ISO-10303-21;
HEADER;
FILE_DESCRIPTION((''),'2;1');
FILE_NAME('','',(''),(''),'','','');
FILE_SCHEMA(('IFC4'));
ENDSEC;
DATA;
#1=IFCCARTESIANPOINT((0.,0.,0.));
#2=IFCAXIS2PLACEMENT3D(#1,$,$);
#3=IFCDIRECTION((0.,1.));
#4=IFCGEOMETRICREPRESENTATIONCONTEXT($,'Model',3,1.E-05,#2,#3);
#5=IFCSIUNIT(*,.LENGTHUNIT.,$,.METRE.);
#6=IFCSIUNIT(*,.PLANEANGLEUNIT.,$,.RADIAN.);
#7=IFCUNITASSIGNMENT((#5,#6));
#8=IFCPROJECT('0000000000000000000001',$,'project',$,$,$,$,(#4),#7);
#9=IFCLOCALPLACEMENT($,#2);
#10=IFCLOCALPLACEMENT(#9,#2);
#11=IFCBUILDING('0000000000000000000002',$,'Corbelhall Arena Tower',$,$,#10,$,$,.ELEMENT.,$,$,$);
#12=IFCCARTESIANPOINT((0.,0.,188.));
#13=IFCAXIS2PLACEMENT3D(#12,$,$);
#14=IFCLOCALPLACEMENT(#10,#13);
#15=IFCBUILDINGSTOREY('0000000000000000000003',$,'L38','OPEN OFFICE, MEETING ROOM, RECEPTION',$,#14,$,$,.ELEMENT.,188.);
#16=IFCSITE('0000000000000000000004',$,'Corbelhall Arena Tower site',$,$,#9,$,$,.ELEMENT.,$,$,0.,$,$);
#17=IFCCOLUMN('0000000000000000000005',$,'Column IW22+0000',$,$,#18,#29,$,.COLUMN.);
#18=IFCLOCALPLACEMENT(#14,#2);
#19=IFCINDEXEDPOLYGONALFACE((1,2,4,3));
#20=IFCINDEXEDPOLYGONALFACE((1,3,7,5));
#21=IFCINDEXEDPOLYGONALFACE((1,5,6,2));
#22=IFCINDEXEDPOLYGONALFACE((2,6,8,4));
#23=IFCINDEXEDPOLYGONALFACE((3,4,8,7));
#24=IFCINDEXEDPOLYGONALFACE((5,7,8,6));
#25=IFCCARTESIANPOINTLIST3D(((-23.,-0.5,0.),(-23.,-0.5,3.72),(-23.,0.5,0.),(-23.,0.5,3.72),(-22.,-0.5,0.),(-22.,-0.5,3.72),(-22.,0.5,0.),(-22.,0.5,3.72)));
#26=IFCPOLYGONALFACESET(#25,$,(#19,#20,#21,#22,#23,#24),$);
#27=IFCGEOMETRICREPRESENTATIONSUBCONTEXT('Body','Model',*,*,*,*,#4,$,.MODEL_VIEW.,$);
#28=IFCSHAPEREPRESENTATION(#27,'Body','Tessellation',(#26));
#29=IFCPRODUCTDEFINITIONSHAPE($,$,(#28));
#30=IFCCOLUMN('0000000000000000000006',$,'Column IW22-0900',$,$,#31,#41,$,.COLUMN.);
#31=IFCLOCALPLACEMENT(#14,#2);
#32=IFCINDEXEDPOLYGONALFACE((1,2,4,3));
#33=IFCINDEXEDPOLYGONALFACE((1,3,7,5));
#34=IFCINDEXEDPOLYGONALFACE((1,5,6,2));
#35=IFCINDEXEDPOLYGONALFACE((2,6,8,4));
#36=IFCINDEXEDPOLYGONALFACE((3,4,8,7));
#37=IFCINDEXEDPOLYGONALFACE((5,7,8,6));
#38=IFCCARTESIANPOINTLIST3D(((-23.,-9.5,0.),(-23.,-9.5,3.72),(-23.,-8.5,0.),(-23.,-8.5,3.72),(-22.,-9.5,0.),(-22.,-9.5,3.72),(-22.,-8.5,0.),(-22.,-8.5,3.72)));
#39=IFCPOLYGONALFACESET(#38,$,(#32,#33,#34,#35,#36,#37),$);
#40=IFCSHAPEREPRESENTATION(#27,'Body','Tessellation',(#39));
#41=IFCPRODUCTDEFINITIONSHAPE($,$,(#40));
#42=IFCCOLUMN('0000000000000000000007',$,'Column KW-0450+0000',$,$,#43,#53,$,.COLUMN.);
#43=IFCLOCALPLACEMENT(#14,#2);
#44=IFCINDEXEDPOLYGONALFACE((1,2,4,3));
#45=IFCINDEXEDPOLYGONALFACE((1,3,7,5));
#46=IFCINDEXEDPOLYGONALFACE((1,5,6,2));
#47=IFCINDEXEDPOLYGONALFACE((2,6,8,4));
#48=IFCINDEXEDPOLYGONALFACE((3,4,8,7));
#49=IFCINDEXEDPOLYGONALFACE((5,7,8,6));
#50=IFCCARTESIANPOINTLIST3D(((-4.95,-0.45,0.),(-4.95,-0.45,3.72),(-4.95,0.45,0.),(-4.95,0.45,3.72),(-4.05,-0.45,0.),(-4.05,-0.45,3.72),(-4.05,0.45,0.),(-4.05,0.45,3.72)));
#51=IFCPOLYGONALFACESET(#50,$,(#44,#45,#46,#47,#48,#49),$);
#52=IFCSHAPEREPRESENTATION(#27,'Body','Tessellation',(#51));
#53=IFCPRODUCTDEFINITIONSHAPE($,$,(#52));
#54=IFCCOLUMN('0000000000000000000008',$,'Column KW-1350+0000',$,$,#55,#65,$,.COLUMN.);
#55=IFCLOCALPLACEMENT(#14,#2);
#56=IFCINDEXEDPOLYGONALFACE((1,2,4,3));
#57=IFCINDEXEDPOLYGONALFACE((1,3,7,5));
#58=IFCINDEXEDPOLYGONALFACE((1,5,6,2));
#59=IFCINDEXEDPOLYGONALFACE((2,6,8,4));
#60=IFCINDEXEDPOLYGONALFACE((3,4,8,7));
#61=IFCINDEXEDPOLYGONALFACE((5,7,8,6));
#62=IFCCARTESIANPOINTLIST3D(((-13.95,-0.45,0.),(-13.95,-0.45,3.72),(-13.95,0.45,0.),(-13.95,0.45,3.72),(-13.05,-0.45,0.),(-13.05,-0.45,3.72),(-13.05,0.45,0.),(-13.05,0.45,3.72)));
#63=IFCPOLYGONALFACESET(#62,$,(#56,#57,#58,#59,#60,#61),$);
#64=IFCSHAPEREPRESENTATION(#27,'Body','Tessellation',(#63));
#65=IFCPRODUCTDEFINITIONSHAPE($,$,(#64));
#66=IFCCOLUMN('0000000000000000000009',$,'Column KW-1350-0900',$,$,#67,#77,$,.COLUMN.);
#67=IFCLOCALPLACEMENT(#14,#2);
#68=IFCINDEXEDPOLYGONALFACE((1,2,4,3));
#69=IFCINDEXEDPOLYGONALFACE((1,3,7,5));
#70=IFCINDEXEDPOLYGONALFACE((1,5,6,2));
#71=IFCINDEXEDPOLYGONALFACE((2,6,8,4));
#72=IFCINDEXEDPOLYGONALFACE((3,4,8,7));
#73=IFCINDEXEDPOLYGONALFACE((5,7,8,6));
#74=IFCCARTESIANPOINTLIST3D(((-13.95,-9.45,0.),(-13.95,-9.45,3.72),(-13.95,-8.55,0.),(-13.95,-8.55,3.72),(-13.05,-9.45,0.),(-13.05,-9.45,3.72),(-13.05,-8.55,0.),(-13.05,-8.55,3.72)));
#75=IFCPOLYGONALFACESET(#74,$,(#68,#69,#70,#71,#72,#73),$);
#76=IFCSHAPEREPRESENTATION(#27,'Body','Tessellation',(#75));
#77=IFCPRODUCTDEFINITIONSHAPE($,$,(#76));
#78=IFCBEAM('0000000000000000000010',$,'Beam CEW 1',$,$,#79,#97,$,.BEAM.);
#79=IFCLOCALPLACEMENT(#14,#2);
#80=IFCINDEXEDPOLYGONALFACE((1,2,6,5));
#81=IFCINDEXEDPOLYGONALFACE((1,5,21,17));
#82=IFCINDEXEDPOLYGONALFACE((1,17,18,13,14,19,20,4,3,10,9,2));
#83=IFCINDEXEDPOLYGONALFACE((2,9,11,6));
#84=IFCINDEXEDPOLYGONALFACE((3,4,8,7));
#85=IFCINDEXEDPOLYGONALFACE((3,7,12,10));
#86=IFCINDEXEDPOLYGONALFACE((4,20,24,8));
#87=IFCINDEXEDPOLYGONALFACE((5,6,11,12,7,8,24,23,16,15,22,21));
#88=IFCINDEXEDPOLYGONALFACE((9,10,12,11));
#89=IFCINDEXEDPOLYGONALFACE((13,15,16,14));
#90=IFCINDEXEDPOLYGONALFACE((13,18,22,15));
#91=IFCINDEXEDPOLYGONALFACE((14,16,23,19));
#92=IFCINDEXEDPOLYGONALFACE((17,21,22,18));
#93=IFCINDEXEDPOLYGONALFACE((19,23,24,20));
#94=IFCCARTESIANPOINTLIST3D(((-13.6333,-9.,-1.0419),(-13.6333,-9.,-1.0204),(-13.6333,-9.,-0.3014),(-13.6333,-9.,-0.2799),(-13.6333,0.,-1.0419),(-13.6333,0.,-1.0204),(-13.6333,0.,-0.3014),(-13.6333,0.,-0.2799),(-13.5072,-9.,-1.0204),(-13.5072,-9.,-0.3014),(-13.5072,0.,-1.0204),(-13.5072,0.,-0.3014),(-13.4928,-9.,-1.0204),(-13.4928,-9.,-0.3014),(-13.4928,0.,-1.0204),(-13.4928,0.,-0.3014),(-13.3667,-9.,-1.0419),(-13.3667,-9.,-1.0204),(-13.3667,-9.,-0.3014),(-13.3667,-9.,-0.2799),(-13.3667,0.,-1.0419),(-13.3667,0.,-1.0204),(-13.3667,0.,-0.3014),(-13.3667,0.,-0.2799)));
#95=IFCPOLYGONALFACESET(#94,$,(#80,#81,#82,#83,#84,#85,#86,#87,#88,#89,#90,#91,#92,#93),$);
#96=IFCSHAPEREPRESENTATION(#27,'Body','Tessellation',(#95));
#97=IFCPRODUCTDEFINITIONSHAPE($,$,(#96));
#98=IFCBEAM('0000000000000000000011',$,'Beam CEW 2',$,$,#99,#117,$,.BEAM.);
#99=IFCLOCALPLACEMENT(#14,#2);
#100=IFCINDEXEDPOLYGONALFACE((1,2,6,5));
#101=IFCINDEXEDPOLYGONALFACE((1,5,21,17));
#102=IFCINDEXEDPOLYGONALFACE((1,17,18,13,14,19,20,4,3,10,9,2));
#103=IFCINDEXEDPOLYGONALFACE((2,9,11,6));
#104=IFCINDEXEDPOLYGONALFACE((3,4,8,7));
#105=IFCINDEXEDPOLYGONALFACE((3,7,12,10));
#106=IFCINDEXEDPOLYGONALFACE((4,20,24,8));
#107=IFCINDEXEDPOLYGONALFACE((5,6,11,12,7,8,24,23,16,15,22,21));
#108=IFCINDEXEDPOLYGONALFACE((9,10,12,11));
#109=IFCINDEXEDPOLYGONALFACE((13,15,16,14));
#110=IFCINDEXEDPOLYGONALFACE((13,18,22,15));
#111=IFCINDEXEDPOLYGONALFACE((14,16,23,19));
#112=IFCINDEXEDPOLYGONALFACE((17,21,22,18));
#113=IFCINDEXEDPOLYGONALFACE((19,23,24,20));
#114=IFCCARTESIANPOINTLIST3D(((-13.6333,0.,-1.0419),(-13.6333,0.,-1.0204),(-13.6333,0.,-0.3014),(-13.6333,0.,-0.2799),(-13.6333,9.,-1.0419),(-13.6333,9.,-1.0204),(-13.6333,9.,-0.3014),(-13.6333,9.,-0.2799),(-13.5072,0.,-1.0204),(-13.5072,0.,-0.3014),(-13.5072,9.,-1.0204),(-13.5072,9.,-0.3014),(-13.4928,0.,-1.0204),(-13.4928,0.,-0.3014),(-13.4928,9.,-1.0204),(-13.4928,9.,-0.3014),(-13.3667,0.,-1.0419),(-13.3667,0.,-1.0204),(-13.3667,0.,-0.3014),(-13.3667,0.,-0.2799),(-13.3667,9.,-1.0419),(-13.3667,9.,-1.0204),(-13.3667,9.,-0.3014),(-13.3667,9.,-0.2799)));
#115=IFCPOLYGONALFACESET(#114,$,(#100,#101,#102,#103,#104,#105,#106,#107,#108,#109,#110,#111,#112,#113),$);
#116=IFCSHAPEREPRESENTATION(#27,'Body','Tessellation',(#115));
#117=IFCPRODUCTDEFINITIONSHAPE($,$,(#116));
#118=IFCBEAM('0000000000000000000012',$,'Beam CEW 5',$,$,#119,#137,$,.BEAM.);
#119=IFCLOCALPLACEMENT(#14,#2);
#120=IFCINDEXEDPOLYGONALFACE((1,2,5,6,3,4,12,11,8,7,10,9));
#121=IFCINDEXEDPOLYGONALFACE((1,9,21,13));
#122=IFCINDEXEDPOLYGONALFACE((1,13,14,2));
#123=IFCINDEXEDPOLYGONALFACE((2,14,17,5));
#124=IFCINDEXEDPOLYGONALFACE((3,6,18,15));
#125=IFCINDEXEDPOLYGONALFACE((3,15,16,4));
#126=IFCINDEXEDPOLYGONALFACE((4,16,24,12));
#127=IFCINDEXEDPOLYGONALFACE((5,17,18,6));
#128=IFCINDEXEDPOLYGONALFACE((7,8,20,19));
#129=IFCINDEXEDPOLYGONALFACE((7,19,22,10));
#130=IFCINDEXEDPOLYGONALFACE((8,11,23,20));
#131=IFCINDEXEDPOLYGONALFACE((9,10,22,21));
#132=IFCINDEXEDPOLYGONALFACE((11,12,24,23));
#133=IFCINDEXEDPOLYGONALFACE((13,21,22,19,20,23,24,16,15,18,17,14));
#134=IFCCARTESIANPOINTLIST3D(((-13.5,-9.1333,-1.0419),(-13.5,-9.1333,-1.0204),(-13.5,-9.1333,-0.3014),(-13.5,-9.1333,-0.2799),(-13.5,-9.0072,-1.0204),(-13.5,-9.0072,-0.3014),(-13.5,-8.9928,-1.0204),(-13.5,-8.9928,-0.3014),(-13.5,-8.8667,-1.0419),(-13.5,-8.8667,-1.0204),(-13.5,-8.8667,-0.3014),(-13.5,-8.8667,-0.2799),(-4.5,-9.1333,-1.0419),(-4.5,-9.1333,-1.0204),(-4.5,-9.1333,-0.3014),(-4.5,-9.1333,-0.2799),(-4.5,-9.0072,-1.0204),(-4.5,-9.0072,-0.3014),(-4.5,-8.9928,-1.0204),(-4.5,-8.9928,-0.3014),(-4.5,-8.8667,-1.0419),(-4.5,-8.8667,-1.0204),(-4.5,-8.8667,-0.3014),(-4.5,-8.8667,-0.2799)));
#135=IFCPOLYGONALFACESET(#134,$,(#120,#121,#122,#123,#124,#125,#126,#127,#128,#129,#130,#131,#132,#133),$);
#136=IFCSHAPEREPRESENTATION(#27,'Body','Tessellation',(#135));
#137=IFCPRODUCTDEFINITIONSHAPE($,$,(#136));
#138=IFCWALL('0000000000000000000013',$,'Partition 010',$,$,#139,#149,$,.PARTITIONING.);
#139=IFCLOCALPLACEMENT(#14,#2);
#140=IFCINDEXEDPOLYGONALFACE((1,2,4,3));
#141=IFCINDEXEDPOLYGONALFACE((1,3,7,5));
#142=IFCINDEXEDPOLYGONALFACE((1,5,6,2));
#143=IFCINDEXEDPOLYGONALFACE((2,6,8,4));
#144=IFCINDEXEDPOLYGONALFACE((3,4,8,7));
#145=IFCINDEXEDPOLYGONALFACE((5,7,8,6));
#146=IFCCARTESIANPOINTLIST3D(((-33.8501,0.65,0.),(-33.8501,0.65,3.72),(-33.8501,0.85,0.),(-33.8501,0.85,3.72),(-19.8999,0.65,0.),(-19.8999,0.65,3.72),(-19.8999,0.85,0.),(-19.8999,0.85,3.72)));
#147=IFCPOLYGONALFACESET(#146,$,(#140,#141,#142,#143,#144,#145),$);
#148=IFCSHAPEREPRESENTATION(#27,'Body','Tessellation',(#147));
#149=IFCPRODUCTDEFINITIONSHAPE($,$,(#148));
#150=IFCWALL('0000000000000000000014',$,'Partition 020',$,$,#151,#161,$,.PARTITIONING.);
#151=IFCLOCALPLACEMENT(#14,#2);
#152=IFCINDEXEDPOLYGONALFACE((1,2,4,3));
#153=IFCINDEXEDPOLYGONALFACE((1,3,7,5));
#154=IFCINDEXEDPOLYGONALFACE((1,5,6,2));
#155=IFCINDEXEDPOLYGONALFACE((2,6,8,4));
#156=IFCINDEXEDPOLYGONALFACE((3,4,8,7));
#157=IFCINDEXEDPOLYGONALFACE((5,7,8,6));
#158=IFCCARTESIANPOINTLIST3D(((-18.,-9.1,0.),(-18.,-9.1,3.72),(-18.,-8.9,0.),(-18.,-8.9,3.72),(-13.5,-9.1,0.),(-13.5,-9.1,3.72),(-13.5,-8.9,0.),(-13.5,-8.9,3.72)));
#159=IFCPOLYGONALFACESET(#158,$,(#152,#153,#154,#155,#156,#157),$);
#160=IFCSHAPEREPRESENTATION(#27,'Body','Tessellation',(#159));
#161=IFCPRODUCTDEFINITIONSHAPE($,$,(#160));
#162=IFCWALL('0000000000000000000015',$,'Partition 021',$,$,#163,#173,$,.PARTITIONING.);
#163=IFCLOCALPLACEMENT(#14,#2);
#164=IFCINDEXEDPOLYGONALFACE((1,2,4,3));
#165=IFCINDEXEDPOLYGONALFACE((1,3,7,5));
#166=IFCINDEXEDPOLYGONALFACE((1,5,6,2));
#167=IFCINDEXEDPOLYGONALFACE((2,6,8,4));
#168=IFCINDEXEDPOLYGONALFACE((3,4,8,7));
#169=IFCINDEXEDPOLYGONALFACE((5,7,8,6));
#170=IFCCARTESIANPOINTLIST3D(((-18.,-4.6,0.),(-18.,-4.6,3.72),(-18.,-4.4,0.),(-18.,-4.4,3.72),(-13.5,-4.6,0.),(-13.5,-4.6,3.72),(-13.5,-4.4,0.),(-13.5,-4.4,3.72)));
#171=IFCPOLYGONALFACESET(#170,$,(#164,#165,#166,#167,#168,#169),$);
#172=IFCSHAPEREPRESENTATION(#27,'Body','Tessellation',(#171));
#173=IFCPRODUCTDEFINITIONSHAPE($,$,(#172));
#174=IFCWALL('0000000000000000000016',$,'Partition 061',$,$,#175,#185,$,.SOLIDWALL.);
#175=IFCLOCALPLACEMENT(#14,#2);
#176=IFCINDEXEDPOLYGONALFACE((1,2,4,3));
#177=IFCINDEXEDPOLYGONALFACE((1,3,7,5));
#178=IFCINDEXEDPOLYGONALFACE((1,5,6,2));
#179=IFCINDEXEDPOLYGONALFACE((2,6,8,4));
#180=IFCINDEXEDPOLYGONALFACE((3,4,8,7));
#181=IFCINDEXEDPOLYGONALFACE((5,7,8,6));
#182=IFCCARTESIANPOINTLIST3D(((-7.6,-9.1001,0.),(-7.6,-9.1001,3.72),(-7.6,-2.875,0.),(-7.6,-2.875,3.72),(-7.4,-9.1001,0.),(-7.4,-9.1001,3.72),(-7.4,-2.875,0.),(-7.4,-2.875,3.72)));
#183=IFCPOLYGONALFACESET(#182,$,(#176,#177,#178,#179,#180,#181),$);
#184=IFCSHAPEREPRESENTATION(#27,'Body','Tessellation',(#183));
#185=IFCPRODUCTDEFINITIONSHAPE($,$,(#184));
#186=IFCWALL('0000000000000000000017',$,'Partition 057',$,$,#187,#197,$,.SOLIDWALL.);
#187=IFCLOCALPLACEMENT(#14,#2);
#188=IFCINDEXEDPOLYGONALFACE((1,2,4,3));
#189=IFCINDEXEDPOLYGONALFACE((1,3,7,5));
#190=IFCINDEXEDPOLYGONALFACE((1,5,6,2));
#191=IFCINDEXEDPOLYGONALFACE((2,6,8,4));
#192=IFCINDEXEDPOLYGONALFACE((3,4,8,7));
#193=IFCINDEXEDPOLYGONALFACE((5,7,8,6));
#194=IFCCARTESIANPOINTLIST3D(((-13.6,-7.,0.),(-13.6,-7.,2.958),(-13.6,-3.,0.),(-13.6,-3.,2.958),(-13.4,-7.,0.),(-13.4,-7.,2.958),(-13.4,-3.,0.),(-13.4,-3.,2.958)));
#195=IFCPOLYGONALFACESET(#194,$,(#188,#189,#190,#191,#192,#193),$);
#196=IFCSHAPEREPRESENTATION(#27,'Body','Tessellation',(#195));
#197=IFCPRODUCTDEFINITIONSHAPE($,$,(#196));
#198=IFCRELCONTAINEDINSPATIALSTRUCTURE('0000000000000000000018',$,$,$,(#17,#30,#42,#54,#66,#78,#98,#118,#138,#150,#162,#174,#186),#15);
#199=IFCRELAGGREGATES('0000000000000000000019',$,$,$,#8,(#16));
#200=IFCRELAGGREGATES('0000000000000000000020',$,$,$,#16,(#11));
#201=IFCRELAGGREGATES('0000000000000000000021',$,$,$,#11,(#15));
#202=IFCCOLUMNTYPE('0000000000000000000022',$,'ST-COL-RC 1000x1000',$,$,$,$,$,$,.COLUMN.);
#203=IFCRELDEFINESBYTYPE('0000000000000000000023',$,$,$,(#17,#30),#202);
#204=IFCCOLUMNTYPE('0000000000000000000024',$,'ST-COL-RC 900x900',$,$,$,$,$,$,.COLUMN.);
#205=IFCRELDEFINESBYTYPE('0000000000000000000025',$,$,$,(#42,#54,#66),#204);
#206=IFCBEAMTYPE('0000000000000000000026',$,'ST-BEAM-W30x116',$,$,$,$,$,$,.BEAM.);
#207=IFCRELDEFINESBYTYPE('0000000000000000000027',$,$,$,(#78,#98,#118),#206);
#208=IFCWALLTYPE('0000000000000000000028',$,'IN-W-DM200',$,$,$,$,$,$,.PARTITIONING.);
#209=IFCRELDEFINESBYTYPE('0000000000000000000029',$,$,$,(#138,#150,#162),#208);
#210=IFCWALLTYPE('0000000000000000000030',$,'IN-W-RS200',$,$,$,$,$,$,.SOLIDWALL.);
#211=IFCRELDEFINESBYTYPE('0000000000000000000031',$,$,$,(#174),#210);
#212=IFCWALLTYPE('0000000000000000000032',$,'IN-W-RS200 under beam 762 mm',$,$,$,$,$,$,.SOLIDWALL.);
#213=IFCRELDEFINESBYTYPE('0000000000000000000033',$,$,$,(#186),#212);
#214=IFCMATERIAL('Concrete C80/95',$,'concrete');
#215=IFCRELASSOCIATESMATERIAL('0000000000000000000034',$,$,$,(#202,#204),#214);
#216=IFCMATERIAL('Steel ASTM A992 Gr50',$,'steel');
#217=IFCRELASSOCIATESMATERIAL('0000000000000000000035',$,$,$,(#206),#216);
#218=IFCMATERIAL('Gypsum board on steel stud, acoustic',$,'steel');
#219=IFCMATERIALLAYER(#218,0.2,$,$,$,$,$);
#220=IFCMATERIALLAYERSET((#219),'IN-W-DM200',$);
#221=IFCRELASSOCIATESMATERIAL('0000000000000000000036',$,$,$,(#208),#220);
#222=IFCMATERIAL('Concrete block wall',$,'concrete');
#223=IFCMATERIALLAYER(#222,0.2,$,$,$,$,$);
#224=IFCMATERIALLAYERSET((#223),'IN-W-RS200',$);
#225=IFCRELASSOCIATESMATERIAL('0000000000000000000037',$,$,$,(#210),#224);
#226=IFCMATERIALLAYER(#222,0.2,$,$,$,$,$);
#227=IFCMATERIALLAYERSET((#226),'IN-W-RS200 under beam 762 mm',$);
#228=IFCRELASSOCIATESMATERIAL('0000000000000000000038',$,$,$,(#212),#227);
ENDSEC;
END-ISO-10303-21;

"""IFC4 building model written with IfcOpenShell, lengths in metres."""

from ifc_helpers import new_model, si_unit, direction, frame, frame_2d, origin, origin_2d, place, context, subcontext, project, spatial, rectangle, i_section, extrude, material, layer, layer_set, material_profile, profile_set, type_object, element, save


model = new_model("IFC4")

# Units and contexts
model_context = context("Model", 3, precision=1e-05, world=origin(), true_north=direction((0.0, 1.0)))
body_context = subcontext(model_context, "Body", "Model", "MODEL_VIEW")
ifc_project = project(units=[si_unit("LENGTHUNIT", "METRE"), si_unit("PLANEANGLEUNIT", "RADIAN")], contexts=[model_context])

# Site, building, storey
site_placement = place(None, origin())
site = spatial("IfcSite", under=ifc_project, at=site_placement, Name="Corbelhall Arena Tower site", CompositionType="ELEMENT", RefElevation=0.0)
building_placement = place(site_placement, origin())
building = spatial("IfcBuilding", under=site, at=building_placement, Name="Corbelhall Arena Tower", CompositionType="ELEMENT")
storey_placement = place(building_placement, frame((0.0, 0.0, 188.0)))
storey = spatial("IfcBuildingStorey", under=building, at=storey_placement, Name="L38", Description="OPEN OFFICE, MEETING ROOM, RECEPTION", CompositionType="ELEMENT", Elevation=188.0)

# Columns
ifc_material_1 = material(Name="Concrete C80/95", Category="concrete")
ifc_material_profile_1 = material_profile(ifc_material_1, rectangle(XDim=1.0, YDim=1.0, at=origin_2d()))
ifc_profile_set_1 = profile_set([ifc_material_profile_1], Name="Concrete C80/95")
column_type_1 = type_object("IfcColumnType", Name="ST-COL-RC 1000x1000", PredefinedType="COLUMN", material=ifc_profile_set_1)
for number, where, z_axis, x_axis, name in (
    (1, (-22.5, 0.0, 0.0), (0.0, 0.0, 1.0), (1.0, 0.0, 0.0), "Column IW22+0000"),
    (2, (-22.5, -9.0, 0.0), (0.0, 0.0, 1.0), (1.0, 0.0, 0.0), "Column IW22-0900"),
):
    element("IfcColumn", number, at=place(storey_placement, frame(where, z_axis=z_axis, x_axis=x_axis)), inside=storey, type_object=column_type_1, Name=name, PredefinedType="COLUMN", context=body_context, shape_type="SweptSolid", body=[
        extrude(rectangle(XDim=1.0, YDim=1.0, at=origin_2d()), origin(), (0.0, 0.0, 1.0), 3.72),
    ])
ifc_material_profile_2 = material_profile(ifc_material_1, rectangle(XDim=0.8999, YDim=0.8999, at=origin_2d()))
ifc_profile_set_2 = profile_set([ifc_material_profile_2], Name="Concrete C80/95")
column_type_2 = type_object("IfcColumnType", Name="ST-COL-RC 900x900", PredefinedType="COLUMN", material=ifc_profile_set_2)
for number, where, z_axis, x_axis, name in (
    (3, (-4.5, 0.0, 0.0), (0.0, 0.0, 1.0), (1.0, 0.0, 0.0), "Column KW-0450+0000"),
    (4, (-13.5, 0.0, 0.0), (0.0, 0.0, 1.0), (1.0, 0.0, 0.0), "Column KW-1350+0000"),
    (5, (-13.5, -9.0, 0.0), (0.0, 0.0, 1.0), (1.0, 0.0, 0.0), "Column KW-1350-0900"),
):
    element("IfcColumn", number, at=place(storey_placement, frame(where, z_axis=z_axis, x_axis=x_axis)), inside=storey, type_object=column_type_2, Name=name, PredefinedType="COLUMN", context=body_context, shape_type="SweptSolid", body=[
        extrude(rectangle(XDim=0.8999, YDim=0.8999, at=origin_2d()), origin(), (0.0, 0.0, 1.0), 3.72),
    ])

# Beams
ifc_material_2 = material(Name="Steel ASTM A992 Gr50", Category="steel")
ifc_material_profile_3 = material_profile(ifc_material_2, i_section(OverallWidth=0.2666, OverallDepth=0.762, WebThickness=0.0144, FlangeThickness=0.0215, at=origin_2d()))
ifc_profile_set_3 = profile_set([ifc_material_profile_3], Name="Steel ASTM A992 Gr50")
beam_type = type_object("IfcBeamType", Name="ST-BEAM-W30x116", PredefinedType="BEAM", material=ifc_profile_set_3)
for number, where, z_axis, x_axis, name in (
    (6, (-13.5, -9.0, -0.6609), (0.0, 1.0, 0.0), (-1.0, 0.0, 0.0), "Beam CEW 1"),
    (7, (-13.5, 0.0, -0.6609), (0.0, 1.0, 0.0), (-1.0, 0.0, 0.0), "Beam CEW 2"),
    (8, (-13.5, -9.0, -0.6609), (1.0, 0.0, 0.0), (0.0, 1.0, 0.0), "Beam CEW 5"),
):
    element("IfcBeam", number, at=place(storey_placement, frame(where, z_axis=z_axis, x_axis=x_axis)), inside=storey, type_object=beam_type, Name=name, PredefinedType="BEAM", context=body_context, shape_type="SweptSolid", body=[
        extrude(i_section(OverallWidth=0.2666, OverallDepth=0.762, WebThickness=0.0144, FlangeThickness=0.0215, at=origin_2d()), origin(), (0.0, 0.0, 1.0), 9.0),
    ])

# Walls
ifc_material_3 = material(Name="Gypsum board on steel stud, acoustic", Category="steel")
ifc_layer_1 = layer(ifc_material_3, 0.2)
ifc_layer_set_1 = layer_set([ifc_layer_1], Name="IN-W-DM200")
wall_type_1 = type_object("IfcWallType", Name="IN-W-DM200", PredefinedType="PARTITIONING", material=ifc_layer_set_1)
wall_1_placement = place(storey_placement, frame((-19.8999, 0.75, 0.0), z_axis=(0.0, 0.0, 1.0), x_axis=(-1.0, 0.0, 0.0)))
element("IfcWall", 9, at=wall_1_placement, inside=storey, type_object=wall_type_1, Name="Partition 010", PredefinedType="PARTITIONING", context=body_context, shape_type="SweptSolid", body=[
    extrude(rectangle(XDim=13.9502, YDim=0.2, at=frame_2d((6.9751, 0.0))), origin(), (0.0, 0.0, 1.0), 3.72),
])
for number, where, z_axis, x_axis, name in (
    (10, (-18.0, -9.0, 0.0), (0.0, 0.0, 1.0), (1.0, 0.0, 0.0), "Partition 020"),
    (11, (-18.0, -4.5, 0.0), (0.0, 0.0, 1.0), (1.0, 0.0, 0.0), "Partition 021"),
):
    element("IfcWall", number, at=place(storey_placement, frame(where, z_axis=z_axis, x_axis=x_axis)), inside=storey, type_object=wall_type_1, Name=name, PredefinedType="PARTITIONING", context=body_context, shape_type="SweptSolid", body=[
        extrude(rectangle(XDim=4.5, YDim=0.2, at=frame_2d((2.25, 0.0))), origin(), (0.0, 0.0, 1.0), 3.72),
    ])

# Shared definitions
ifc_material_4 = material(Name="Concrete block wall", Category="concrete")
ifc_layer_2 = layer(ifc_material_4, 0.2)
ifc_layer_set_2 = layer_set([ifc_layer_2], Name="IN-W-RS200")
wall_type_2 = type_object("IfcWallType", Name="IN-W-RS200", PredefinedType="SOLIDWALL", material=ifc_layer_set_2)

# Walls
wall_2_placement = place(storey_placement, frame((-7.5, -9.1001, 0.0), z_axis=(0.0, 0.0, 1.0), x_axis=(0.0, 1.0, 0.0)))
element("IfcWall", 12, at=wall_2_placement, inside=storey, type_object=wall_type_2, Name="Partition 061", PredefinedType="SOLIDWALL", context=body_context, shape_type="SweptSolid", body=[
    extrude(rectangle(XDim=6.2251, YDim=0.2, at=frame_2d((3.1125, 0.0))), origin(), (0.0, 0.0, 1.0), 3.72),
])
ifc_layer_3 = layer(ifc_material_4, 0.2)
ifc_layer_set_3 = layer_set([ifc_layer_3], Name="IN-W-RS200 under beam 762 mm")
wall_type_3 = type_object("IfcWallType", Name="IN-W-RS200 under beam 762 mm", PredefinedType="SOLIDWALL", material=ifc_layer_set_3)
wall_3_placement = place(storey_placement, frame((-13.5, -7.0, 0.0), z_axis=(0.0, 0.0, 1.0), x_axis=(0.0, 1.0, 0.0)))
element("IfcWall", 13, at=wall_3_placement, inside=storey, type_object=wall_type_3, Name="Partition 057", PredefinedType="SOLIDWALL", context=body_context, shape_type="SweptSolid", body=[
    extrude(rectangle(XDim=4.0, YDim=0.2, at=frame_2d((2.0, 0.0))), origin(), (0.0, 0.0, 1.0), 2.958),
])

save(model, "model.ifc")
